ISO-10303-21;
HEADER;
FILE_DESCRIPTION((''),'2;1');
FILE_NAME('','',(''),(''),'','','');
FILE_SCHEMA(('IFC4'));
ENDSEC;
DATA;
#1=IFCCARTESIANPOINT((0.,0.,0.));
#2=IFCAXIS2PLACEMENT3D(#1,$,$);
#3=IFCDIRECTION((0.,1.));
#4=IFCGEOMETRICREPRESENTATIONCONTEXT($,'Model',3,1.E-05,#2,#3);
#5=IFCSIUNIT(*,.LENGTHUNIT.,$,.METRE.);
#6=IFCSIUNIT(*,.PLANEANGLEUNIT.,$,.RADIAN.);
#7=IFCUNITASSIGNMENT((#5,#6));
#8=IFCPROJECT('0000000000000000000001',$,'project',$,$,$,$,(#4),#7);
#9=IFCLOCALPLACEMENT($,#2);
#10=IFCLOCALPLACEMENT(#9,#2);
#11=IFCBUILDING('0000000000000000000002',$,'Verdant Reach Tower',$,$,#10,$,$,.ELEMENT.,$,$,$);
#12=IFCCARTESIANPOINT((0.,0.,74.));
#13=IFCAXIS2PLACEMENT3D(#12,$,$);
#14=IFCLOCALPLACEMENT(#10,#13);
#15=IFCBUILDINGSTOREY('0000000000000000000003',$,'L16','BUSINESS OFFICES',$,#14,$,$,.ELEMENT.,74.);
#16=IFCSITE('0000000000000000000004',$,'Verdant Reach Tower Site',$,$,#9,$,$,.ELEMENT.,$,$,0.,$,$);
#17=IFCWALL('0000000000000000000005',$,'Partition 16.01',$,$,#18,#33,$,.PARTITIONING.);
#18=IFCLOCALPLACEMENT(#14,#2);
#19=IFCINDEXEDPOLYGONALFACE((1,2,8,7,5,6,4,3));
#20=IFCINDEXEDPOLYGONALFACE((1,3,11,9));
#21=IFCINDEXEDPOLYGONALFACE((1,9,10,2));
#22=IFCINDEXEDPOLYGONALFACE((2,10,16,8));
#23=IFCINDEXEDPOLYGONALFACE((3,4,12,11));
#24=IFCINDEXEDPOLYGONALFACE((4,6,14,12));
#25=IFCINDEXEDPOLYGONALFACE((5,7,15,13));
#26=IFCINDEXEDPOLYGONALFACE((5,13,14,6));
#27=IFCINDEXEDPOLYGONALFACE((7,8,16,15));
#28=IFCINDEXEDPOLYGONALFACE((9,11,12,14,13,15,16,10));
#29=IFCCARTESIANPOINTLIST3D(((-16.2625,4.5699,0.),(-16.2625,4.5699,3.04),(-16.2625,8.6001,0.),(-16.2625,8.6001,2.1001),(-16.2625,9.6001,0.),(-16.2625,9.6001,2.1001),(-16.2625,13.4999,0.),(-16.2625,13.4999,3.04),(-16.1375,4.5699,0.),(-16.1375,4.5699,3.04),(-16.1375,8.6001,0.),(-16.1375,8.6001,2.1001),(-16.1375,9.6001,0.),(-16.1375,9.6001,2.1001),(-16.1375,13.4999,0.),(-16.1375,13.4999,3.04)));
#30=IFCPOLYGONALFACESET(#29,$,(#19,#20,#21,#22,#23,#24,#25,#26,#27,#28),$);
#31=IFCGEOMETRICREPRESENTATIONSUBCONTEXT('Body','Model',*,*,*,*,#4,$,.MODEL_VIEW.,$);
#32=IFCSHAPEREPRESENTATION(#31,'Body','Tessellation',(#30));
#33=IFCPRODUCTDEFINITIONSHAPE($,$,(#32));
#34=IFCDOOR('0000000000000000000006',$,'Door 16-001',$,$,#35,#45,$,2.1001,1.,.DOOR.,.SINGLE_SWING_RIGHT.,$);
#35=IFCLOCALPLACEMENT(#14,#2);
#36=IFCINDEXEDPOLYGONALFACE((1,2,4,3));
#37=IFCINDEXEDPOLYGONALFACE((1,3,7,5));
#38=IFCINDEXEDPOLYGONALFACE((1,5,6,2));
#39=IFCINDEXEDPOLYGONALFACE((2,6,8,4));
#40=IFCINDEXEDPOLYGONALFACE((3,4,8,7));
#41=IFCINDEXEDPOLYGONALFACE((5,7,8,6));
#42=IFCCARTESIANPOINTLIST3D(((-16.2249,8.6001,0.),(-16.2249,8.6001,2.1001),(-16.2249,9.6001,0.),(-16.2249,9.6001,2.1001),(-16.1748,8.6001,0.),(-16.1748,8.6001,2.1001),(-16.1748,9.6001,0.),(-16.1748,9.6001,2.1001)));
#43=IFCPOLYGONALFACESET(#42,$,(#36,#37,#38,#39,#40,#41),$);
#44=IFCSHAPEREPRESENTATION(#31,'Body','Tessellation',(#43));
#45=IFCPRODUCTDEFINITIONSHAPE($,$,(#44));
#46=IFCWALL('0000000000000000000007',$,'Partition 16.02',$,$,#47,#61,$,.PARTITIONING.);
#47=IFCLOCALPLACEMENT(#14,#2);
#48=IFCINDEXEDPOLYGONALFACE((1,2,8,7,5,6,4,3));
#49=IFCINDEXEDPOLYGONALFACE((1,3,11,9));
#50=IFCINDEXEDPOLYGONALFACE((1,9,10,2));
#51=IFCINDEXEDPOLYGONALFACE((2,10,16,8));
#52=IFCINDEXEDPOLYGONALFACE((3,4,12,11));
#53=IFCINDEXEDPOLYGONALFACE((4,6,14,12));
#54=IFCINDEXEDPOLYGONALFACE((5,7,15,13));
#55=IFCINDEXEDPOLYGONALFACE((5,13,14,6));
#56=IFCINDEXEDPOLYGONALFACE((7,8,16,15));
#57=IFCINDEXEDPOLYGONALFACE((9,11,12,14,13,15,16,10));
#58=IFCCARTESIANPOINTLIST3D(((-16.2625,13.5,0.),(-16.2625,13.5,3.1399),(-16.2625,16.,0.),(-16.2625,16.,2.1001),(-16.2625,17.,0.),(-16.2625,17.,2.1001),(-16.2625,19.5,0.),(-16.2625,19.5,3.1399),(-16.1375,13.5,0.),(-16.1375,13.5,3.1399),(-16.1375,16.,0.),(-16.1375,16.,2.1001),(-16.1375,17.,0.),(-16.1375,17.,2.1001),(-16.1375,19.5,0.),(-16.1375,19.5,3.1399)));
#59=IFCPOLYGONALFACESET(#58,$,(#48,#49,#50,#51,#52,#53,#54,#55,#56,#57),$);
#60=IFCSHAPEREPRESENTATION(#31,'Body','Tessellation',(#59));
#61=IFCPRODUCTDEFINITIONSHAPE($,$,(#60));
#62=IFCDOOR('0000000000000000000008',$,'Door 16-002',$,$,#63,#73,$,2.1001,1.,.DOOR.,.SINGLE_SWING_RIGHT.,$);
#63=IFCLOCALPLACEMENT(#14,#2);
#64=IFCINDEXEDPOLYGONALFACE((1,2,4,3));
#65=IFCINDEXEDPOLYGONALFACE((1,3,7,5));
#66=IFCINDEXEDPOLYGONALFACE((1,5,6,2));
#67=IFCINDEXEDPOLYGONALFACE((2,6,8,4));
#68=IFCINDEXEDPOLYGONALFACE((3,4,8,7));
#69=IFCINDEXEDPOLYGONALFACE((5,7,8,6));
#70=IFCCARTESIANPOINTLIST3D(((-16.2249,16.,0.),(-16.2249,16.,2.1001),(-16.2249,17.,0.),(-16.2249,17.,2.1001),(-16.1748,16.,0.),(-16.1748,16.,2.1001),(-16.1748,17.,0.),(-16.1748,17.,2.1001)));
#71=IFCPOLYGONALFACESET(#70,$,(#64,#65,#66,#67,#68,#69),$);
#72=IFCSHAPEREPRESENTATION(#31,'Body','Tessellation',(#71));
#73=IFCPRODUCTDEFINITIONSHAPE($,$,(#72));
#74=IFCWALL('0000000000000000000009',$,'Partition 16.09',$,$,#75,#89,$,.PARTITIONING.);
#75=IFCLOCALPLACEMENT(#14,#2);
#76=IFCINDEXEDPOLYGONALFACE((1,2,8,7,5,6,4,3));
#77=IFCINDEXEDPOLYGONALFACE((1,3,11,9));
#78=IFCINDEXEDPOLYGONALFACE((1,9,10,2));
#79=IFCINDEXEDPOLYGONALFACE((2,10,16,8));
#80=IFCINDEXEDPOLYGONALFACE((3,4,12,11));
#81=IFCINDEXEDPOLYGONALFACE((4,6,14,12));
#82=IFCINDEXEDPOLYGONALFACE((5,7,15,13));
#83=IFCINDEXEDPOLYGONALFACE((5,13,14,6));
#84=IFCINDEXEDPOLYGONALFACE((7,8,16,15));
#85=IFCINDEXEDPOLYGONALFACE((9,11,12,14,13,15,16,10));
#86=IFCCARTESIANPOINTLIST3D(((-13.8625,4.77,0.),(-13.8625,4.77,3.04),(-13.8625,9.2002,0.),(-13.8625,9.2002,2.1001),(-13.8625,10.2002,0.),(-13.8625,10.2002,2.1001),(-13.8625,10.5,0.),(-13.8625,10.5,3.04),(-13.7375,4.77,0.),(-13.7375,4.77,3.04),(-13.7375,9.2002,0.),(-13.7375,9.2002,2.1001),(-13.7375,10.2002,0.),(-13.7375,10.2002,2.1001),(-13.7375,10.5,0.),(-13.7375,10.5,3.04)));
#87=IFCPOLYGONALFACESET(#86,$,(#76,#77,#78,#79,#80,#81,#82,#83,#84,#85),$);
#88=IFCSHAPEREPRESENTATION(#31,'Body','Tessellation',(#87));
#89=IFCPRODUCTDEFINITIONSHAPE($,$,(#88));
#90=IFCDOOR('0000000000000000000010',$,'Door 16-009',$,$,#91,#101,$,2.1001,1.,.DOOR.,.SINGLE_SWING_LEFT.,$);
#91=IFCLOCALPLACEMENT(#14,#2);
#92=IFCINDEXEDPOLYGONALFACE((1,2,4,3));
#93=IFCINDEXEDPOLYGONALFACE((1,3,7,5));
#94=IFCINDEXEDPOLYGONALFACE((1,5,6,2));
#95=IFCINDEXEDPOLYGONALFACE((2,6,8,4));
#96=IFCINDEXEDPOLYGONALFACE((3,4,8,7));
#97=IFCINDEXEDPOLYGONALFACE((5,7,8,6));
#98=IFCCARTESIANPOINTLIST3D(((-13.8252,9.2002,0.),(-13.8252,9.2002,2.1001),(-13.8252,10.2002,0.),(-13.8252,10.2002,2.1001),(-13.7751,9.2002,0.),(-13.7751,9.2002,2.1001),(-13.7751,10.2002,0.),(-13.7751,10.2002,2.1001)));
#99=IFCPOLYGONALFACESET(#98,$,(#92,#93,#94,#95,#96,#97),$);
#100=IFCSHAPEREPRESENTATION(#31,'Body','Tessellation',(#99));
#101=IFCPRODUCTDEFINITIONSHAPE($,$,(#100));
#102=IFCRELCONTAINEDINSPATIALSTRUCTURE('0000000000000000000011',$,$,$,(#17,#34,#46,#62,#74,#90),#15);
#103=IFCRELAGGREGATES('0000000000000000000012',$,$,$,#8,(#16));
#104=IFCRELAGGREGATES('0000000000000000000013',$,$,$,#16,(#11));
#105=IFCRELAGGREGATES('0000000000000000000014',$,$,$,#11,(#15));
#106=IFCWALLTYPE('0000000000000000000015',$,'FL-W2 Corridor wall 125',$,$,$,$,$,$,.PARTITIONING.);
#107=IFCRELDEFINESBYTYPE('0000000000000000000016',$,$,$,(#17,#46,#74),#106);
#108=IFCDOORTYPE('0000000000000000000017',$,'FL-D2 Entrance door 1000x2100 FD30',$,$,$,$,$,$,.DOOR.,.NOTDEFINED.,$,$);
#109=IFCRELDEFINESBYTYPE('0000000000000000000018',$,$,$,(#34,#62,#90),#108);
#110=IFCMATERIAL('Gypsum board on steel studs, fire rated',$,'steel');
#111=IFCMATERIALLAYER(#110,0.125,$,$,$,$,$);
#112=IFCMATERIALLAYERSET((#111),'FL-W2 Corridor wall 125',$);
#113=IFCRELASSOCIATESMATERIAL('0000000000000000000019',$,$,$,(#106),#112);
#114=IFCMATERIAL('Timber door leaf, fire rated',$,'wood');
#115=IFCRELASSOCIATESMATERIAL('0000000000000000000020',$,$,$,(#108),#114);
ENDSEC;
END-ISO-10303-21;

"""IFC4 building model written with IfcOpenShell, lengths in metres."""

from ifc_helpers import new_model, si_unit, direction, frame, frame_2d, origin, place, context, subcontext, project, spatial, rectangle, extrude, material, layer, layer_set, type_object, element, fill, save


model = new_model("IFC4")

# Units and contexts
model_context = context("Model", 3, precision=1e-05, world=origin(), true_north=direction((0.0, 1.0)))
body_context = subcontext(model_context, "Body", "Model", "MODEL_VIEW")
ifc_project = project(units=[si_unit("LENGTHUNIT", "METRE"), si_unit("PLANEANGLEUNIT", "RADIAN")], contexts=[model_context])

# Site, building, storey
site_placement = place(None, origin())
site = spatial("IfcSite", under=ifc_project, at=site_placement, Name="Verdant Reach Tower Site", CompositionType="ELEMENT", RefElevation=0.0)
building_placement = place(site_placement, origin())
building = spatial("IfcBuilding", under=site, at=building_placement, Name="Verdant Reach Tower", CompositionType="ELEMENT")
storey_placement = place(building_placement, frame((0.0, 0.0, 74.0)))
storey = spatial("IfcBuildingStorey", under=building, at=storey_placement, Name="L16", Description="BUSINESS OFFICES", CompositionType="ELEMENT", Elevation=74.0)

# Walls, openings, doors
ifc_material_1 = material(Name="Gypsum board on steel studs, fire rated", Category="steel")
ifc_layer_1 = layer(ifc_material_1, 0.125)
ifc_layer_set_1 = layer_set([ifc_layer_1], Name="FL-W2 Corridor wall 125")
wall_type_1 = type_object("IfcWallType", Name="FL-W2 Corridor wall 125", PredefinedType="PARTITIONING", material=ifc_layer_set_1)
wall_1_placement = place(storey_placement, frame((-16.2, 4.5701, 0.0), z_axis=(0.0, 0.0, 1.0), x_axis=(0.0, 1.0, 0.0)))
wall_1 = element("IfcWall", 1, at=wall_1_placement, inside=storey, type_object=wall_type_1, Name="Partition 16.01", PredefinedType="PARTITIONING", context=body_context, shape_type="SweptSolid", body=[
    extrude(rectangle(XDim=8.9299, YDim=0.125, at=frame_2d((4.4648, 0.0))), origin(), (0.0, 0.0, 1.0), 3.04),
])
opening_1_placement = place(wall_1_placement, frame((4.03, 0.0, 0.0)))
opening_1 = element("IfcOpeningElement", 2, at=opening_1_placement, cuts=wall_1, PredefinedType="OPENING", context=body_context, shape_type="SweptSolid", body=[
    extrude(rectangle(XDim=1.0, YDim=2.1001, at=frame_2d((0.5, 1.05))), frame((0.0, 0.0725, 0.0), z_axis=(0.0, -1.0, 0.0), x_axis=(1.0, 0.0, 0.0)), (0.0, 0.0, 1.0), 0.145),
])
ifc_material_2 = material(Name="Timber door leaf, fire rated", Category="wood")
door_type = type_object("IfcDoorType", Name="FL-D2 Entrance door 1000x2100 FD30", OperationType="NOTDEFINED", PredefinedType="DOOR", material=ifc_material_2)
door_1_placement = place(opening_1_placement, origin())
door_1 = element("IfcDoor", 3, at=door_1_placement, inside=storey, type_object=door_type, Name="Door 16-001", OperationType="SINGLE_SWING_RIGHT", OverallHeight=2.1001, OverallWidth=1.0, PredefinedType="DOOR", context=body_context, shape_type="SweptSolid", body=[
    extrude(rectangle(XDim=1.0, YDim=2.1001, at=frame_2d((0.5, 1.05))), frame((0.0, 0.0249, 0.0), z_axis=(0.0, -1.0, 0.0), x_axis=(1.0, 0.0, 0.0)), (0.0, 0.0, 1.0), 0.05),
])
fill(opening_1, door_1)
wall_2_placement = place(storey_placement, frame((-16.2, 13.5, 0.0), z_axis=(0.0, 0.0, 1.0), x_axis=(0.0, 1.0, 0.0)))
wall_2 = element("IfcWall", 4, at=wall_2_placement, inside=storey, type_object=wall_type_1, Name="Partition 16.02", PredefinedType="PARTITIONING", context=body_context, shape_type="SweptSolid", body=[
    extrude(rectangle(XDim=6.0, YDim=0.125, at=frame_2d((3.0, 0.0))), origin(), (0.0, 0.0, 1.0), 3.1399),
])
opening_2_placement = place(wall_2_placement, frame((2.5, 0.0, 0.0)))
opening_2 = element("IfcOpeningElement", 5, at=opening_2_placement, cuts=wall_2, PredefinedType="OPENING", context=body_context, shape_type="SweptSolid", body=[
    extrude(rectangle(XDim=1.0, YDim=2.1001, at=frame_2d((0.5, 1.05))), frame((0.0, 0.0725, 0.0), z_axis=(0.0, -1.0, 0.0), x_axis=(1.0, 0.0, 0.0)), (0.0, 0.0, 1.0), 0.145),
])
door_2_placement = place(opening_2_placement, origin())
door_2 = element("IfcDoor", 6, at=door_2_placement, inside=storey, type_object=door_type, Name="Door 16-002", OperationType="SINGLE_SWING_RIGHT", OverallHeight=2.1001, OverallWidth=1.0, PredefinedType="DOOR", context=body_context, shape_type="SweptSolid", body=[
    extrude(rectangle(XDim=1.0, YDim=2.1001, at=frame_2d((0.5, 1.05))), frame((0.0, 0.0249, 0.0), z_axis=(0.0, -1.0, 0.0), x_axis=(1.0, 0.0, 0.0)), (0.0, 0.0, 1.0), 0.05),
])
fill(opening_2, door_2)
wall_3_placement = place(storey_placement, frame((-13.8, 10.5, 0.0), z_axis=(0.0, 0.0, 1.0), x_axis=(0.0, -1.0, 0.0)))
wall_3 = element("IfcWall", 7, at=wall_3_placement, inside=storey, type_object=wall_type_1, Name="Partition 16.09", PredefinedType="PARTITIONING", context=body_context, shape_type="SweptSolid", body=[
    extrude(rectangle(XDim=5.73, YDim=0.125, at=frame_2d((2.865, 0.0))), origin(), (0.0, 0.0, 1.0), 3.04),
])
opening_3_placement = place(wall_3_placement, frame((0.2998, 0.0, 0.0)))
opening_3 = element("IfcOpeningElement", 8, at=opening_3_placement, cuts=wall_3, PredefinedType="OPENING", context=body_context, shape_type="SweptSolid", body=[
    extrude(rectangle(XDim=1.0, YDim=2.1001, at=frame_2d((0.5, 1.05))), frame((0.0, 0.0725, 0.0), z_axis=(0.0, -1.0, 0.0), x_axis=(1.0, 0.0, 0.0)), (0.0, 0.0, 1.0), 0.145),
])
door_3_placement = place(opening_3_placement, origin())
door_3 = element("IfcDoor", 9, at=door_3_placement, inside=storey, type_object=door_type, Name="Door 16-009", OperationType="SINGLE_SWING_LEFT", OverallHeight=2.1001, OverallWidth=1.0, PredefinedType="DOOR", context=body_context, shape_type="SweptSolid", body=[
    extrude(rectangle(XDim=1.0, YDim=2.1001, at=frame_2d((0.5, 1.05))), frame((0.0, 0.0249, 0.0), z_axis=(0.0, -1.0, 0.0), x_axis=(1.0, 0.0, 0.0)), (0.0, 0.0, 1.0), 0.05),
])
fill(opening_3, door_3)

save(model, "model.ifc")
